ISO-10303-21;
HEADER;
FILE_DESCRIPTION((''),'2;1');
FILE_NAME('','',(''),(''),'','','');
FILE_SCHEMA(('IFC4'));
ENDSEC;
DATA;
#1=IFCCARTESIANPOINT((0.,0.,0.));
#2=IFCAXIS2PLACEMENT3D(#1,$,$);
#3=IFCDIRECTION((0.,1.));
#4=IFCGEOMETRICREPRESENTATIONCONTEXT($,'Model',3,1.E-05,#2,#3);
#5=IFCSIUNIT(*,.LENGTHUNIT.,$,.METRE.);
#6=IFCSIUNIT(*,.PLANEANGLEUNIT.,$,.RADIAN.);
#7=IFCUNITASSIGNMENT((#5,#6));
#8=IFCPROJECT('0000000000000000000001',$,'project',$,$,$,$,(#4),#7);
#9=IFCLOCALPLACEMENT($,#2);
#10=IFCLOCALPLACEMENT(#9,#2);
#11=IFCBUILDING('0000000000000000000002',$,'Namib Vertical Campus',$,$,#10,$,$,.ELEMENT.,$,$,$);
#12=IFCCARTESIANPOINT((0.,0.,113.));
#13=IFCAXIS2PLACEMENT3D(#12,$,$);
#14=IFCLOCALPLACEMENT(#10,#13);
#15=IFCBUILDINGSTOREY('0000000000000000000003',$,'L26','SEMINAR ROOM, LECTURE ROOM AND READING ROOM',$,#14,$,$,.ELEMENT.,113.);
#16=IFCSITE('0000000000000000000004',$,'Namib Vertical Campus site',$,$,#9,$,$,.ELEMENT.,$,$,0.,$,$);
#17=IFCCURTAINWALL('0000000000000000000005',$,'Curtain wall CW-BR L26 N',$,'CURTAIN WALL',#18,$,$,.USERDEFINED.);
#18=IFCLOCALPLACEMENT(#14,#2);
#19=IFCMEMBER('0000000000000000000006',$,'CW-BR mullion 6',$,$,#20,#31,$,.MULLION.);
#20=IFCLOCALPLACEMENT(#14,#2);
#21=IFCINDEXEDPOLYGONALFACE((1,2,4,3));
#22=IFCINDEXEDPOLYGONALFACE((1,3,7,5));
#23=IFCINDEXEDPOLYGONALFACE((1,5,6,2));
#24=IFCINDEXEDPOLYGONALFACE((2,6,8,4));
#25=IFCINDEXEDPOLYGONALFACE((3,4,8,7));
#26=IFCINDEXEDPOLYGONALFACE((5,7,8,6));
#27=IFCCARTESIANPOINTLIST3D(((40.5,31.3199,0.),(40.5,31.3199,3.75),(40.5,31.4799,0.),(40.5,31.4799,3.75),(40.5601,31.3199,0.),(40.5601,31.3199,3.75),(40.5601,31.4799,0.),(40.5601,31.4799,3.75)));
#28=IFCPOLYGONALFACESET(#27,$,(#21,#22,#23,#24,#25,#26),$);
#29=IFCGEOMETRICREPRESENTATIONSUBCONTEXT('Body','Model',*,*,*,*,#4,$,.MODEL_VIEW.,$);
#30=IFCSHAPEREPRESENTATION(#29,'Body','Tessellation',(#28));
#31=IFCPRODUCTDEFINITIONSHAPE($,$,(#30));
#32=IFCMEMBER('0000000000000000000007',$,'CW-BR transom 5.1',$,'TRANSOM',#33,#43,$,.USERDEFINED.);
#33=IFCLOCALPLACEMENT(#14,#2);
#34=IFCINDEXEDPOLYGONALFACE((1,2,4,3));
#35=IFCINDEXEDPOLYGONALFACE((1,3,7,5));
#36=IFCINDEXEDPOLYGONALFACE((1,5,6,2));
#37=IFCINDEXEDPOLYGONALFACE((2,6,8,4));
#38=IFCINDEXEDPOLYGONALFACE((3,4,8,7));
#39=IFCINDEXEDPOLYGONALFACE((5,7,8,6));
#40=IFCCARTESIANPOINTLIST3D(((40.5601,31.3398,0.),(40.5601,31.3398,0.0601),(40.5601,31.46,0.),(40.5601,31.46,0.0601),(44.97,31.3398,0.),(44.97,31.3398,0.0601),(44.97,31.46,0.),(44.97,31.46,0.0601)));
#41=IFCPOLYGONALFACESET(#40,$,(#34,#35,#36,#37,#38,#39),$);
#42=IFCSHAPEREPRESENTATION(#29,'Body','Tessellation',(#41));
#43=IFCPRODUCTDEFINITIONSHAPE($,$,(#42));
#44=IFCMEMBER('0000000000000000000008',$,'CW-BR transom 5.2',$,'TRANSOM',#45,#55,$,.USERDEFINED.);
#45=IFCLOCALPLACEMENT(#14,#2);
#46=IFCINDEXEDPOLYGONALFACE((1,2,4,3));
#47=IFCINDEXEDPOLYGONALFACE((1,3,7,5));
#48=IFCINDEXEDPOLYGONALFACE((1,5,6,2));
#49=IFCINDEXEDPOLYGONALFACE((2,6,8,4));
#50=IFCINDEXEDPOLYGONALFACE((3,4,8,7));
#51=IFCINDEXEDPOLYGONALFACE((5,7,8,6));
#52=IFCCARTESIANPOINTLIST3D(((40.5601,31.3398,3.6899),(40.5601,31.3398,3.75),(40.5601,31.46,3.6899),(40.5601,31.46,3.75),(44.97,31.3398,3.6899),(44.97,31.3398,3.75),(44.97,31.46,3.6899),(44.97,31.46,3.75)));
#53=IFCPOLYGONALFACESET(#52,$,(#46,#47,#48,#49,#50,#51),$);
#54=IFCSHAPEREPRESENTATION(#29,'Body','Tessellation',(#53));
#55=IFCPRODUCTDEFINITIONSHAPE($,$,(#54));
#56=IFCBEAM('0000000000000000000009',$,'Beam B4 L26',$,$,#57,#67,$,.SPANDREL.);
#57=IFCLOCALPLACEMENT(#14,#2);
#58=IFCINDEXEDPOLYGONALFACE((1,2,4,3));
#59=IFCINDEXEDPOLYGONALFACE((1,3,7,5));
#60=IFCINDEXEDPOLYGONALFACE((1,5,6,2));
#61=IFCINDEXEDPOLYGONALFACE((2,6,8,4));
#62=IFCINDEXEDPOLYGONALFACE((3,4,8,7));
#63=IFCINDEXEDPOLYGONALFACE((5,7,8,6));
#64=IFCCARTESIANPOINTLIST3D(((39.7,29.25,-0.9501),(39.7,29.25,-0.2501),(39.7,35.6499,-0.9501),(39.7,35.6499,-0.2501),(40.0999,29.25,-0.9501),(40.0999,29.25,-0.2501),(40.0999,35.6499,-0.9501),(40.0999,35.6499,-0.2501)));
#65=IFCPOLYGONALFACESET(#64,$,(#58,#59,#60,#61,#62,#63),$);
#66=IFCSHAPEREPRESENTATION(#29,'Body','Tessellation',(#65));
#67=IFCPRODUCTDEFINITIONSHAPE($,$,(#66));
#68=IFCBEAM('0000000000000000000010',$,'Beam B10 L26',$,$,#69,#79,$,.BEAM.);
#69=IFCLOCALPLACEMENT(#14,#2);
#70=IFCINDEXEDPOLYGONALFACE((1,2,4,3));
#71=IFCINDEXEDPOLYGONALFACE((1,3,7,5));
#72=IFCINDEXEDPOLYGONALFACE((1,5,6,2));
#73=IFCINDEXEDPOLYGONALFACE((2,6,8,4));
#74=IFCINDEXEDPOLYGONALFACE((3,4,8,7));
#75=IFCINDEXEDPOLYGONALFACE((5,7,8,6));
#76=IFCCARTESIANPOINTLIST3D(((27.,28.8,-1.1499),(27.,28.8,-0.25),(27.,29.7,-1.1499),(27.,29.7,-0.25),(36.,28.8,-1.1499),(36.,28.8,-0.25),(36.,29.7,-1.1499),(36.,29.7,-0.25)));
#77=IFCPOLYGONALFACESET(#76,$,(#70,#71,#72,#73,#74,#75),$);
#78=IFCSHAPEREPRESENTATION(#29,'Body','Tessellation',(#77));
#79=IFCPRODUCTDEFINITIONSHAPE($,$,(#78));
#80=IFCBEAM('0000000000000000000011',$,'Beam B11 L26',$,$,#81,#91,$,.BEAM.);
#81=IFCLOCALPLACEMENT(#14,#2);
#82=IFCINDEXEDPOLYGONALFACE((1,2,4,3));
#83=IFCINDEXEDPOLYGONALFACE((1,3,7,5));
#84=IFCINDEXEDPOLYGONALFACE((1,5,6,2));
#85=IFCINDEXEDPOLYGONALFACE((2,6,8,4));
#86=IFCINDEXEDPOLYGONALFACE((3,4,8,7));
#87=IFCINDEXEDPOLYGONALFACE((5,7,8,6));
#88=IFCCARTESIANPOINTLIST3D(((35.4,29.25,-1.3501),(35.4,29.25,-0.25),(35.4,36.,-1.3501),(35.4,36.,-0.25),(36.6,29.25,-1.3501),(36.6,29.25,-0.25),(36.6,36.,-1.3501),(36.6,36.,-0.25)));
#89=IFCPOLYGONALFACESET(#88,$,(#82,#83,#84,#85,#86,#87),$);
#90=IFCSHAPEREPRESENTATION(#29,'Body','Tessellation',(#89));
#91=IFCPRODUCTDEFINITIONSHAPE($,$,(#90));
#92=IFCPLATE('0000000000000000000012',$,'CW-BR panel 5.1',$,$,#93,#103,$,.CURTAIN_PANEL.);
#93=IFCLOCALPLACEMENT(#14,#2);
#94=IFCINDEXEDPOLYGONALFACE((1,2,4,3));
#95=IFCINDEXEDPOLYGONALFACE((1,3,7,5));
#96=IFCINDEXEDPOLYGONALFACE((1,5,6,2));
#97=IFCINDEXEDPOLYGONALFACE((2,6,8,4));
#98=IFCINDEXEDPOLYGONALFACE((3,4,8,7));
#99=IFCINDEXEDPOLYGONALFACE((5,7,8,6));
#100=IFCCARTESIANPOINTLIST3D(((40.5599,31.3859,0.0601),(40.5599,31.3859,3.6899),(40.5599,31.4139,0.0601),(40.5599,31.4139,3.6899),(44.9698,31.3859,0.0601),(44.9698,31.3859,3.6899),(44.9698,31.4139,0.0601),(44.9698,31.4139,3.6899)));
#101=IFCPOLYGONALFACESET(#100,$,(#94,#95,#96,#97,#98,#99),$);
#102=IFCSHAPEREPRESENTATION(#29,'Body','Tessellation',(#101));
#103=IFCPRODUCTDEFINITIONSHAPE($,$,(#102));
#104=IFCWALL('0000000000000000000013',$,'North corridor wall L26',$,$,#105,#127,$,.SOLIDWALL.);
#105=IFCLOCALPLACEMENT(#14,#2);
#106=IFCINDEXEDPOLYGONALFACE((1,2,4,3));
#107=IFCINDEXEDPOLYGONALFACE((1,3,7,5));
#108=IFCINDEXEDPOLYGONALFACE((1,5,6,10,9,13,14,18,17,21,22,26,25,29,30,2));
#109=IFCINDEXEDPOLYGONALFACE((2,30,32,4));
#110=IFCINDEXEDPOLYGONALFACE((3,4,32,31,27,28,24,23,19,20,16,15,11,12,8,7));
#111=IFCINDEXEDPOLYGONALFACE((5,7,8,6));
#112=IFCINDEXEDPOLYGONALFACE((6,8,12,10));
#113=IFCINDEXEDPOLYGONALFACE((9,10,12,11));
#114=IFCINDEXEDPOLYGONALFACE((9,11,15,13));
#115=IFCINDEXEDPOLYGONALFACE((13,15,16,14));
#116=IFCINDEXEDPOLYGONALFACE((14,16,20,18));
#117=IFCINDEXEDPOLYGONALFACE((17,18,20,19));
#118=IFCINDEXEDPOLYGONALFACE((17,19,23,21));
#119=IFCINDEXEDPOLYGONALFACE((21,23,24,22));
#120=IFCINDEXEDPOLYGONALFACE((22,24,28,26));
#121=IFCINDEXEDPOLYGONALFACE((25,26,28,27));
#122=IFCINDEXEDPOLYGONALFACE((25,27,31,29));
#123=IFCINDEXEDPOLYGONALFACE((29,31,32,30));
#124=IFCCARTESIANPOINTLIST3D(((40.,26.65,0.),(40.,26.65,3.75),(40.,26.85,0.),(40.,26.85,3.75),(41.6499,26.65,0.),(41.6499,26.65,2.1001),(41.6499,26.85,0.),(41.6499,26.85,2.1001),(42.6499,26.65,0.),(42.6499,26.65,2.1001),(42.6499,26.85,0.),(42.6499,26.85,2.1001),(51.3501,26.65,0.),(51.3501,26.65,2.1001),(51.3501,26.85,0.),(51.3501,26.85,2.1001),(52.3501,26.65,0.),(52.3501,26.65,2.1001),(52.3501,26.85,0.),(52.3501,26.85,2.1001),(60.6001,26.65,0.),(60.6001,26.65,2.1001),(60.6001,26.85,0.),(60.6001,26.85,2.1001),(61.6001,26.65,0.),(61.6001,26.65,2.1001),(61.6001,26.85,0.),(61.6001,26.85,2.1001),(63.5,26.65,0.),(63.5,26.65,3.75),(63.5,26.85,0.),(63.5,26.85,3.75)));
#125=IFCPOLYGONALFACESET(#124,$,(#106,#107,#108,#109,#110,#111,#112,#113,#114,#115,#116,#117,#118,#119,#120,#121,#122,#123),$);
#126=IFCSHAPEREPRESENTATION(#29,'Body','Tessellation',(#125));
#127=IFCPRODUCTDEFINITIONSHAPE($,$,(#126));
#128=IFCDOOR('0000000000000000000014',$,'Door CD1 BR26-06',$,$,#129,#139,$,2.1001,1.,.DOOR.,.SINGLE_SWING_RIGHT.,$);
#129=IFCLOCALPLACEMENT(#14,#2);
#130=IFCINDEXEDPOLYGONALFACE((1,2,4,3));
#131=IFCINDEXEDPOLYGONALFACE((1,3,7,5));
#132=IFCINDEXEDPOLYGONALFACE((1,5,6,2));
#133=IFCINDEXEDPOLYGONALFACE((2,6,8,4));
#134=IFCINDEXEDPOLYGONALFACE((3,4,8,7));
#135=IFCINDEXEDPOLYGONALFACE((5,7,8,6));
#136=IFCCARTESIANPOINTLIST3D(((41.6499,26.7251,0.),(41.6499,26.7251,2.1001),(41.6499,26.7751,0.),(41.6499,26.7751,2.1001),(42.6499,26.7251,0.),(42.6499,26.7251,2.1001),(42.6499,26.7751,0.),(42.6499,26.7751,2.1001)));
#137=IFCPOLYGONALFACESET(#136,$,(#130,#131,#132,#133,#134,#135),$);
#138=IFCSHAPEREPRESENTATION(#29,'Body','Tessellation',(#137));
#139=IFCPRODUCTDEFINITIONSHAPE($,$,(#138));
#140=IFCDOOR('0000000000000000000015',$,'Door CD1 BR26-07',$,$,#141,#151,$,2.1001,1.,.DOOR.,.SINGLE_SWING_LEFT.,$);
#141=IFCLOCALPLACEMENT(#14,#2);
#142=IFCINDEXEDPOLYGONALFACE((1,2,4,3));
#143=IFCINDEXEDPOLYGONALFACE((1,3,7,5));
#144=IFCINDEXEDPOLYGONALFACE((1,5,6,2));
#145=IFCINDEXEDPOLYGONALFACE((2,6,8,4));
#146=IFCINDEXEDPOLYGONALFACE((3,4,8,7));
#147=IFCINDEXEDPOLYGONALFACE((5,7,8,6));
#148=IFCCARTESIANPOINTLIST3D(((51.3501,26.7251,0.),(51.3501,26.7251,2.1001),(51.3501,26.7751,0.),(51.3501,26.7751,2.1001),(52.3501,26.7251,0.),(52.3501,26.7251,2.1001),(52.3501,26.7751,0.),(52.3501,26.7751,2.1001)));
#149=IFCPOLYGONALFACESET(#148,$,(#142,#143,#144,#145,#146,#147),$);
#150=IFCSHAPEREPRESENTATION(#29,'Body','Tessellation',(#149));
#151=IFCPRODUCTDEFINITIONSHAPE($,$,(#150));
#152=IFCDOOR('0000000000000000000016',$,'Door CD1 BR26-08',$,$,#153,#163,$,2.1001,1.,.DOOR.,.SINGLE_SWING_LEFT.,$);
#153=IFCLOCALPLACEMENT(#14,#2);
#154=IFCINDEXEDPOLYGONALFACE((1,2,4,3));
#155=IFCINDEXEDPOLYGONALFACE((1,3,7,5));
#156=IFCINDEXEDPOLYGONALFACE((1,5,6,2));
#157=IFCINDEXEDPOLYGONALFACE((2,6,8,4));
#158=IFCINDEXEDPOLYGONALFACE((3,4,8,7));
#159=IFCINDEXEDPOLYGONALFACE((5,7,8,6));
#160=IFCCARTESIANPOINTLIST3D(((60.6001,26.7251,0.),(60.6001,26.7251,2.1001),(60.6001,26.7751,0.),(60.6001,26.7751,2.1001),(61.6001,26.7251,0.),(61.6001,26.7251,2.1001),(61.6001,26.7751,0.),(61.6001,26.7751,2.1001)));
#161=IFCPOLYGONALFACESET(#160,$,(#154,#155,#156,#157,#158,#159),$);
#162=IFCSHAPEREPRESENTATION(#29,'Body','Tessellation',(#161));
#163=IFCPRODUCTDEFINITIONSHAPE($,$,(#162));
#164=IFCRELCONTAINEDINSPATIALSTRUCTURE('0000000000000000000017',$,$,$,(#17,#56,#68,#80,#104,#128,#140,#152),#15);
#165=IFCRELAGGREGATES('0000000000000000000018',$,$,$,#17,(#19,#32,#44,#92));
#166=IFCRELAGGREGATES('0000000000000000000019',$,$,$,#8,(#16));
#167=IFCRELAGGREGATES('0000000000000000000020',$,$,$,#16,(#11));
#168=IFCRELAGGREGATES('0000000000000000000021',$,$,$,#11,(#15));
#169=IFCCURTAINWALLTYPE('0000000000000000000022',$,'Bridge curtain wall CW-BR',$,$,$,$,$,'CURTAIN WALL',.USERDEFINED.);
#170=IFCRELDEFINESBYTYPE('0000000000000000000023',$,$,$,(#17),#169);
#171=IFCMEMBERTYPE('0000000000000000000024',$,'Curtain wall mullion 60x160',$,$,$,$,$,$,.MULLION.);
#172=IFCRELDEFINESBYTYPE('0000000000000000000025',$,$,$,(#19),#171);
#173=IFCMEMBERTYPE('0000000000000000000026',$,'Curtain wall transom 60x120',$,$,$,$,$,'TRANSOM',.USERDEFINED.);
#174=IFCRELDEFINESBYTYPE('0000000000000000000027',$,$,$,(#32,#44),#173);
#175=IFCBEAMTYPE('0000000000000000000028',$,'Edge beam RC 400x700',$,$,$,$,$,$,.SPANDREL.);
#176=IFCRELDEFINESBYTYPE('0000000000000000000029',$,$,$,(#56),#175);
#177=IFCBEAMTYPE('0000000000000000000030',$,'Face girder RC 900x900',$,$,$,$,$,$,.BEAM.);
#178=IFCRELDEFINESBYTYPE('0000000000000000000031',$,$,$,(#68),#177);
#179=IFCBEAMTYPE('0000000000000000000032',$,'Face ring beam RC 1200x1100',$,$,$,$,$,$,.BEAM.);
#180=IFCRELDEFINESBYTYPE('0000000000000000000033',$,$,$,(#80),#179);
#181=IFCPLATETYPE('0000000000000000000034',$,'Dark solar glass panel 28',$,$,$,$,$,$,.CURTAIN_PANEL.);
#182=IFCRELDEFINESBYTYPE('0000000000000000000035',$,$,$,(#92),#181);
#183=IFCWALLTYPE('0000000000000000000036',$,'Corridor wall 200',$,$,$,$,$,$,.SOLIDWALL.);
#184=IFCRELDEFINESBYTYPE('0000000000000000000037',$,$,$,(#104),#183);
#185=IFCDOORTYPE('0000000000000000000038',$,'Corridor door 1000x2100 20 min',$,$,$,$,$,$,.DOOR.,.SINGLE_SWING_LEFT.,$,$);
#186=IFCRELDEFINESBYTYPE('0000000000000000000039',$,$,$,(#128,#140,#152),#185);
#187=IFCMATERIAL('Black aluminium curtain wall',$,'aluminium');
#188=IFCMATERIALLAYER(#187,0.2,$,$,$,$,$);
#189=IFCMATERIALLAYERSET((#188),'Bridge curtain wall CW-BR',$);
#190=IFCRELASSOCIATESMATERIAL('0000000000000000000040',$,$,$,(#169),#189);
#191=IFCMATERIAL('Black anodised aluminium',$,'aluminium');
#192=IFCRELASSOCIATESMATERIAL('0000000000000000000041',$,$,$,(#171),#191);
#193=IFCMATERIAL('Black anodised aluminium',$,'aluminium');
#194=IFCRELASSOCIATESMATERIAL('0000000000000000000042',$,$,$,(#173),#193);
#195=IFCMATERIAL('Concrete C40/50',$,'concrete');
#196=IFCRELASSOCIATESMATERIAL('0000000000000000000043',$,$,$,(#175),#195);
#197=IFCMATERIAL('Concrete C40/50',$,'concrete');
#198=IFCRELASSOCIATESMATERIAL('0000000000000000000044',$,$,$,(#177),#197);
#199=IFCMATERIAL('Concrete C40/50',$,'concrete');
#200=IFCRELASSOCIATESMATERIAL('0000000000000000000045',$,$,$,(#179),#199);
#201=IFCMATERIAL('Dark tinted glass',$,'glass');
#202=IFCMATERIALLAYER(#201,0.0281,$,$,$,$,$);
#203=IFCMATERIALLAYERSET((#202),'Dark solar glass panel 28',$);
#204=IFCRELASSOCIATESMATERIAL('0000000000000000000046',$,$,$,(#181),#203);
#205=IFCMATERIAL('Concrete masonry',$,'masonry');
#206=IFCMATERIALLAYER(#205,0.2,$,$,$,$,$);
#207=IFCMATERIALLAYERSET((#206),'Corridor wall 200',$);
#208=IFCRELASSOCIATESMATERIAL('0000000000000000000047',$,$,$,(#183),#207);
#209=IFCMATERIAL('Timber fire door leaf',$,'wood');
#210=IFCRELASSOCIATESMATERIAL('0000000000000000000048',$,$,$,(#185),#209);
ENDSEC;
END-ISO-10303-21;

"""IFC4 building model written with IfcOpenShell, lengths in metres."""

from ifc_helpers import new_model, si_unit, direction, frame, frame_2d, origin, origin_2d, place, context, subcontext, project, spatial, rectangle, extrude, material, layer, layer_set, material_profile, profile_set, type_object, element, fill, aggregate, save


model = new_model("IFC4")

# Units and contexts
model_context = context("Model", 3, precision=1e-05, world=origin(), true_north=direction((0.0, 1.0)))
body_context = subcontext(model_context, "Body", "Model", "MODEL_VIEW")
ifc_project = project(units=[si_unit("LENGTHUNIT", "METRE"), si_unit("PLANEANGLEUNIT", "RADIAN")], contexts=[model_context])

# Site, building, storey
site_placement = place(None, origin())
site = spatial("IfcSite", under=ifc_project, at=site_placement, Name="Namib Vertical Campus site", CompositionType="ELEMENT", RefElevation=0.0)
building_placement = place(site_placement, origin())
building = spatial("IfcBuilding", under=site, at=building_placement, Name="Namib Vertical Campus", CompositionType="ELEMENT")
storey_placement = place(building_placement, frame((0.0, 0.0, 113.0)))
storey = spatial("IfcBuildingStorey", under=building, at=storey_placement, Name="L26", Description="SEMINAR ROOM, LECTURE ROOM AND READING ROOM", CompositionType="ELEMENT", Elevation=113.0)

# Curtain wall, members
ifc_material_1 = material(Name="Black aluminium curtain wall", Category="aluminium")
ifc_layer_1 = layer(ifc_material_1, 0.2)
ifc_layer_set_1 = layer_set([ifc_layer_1], Name="Bridge curtain wall CW-BR")
curtain_wall_type = type_object("IfcCurtainWallType", Name="Bridge curtain wall CW-BR", ElementType="CURTAIN WALL", PredefinedType="USERDEFINED", material=ifc_layer_set_1)
curtain_wall_placement = place(storey_placement, origin())
curtain_wall = element("IfcCurtainWall", 1, at=curtain_wall_placement, inside=storey, type_object=curtain_wall_type, Name="Curtain wall CW-BR L26 N", ObjectType="CURTAIN WALL", PredefinedType="USERDEFINED")
ifc_material_2 = material(Name="Black anodised aluminium", Category="aluminium")
ifc_material_profile_1 = material_profile(ifc_material_2, rectangle(XDim=0.0601, YDim=0.1599, at=origin_2d()))
ifc_profile_set_1 = profile_set([ifc_material_profile_1], Name="Black anodised aluminium")
member_type_1 = type_object("IfcMemberType", Name="Curtain wall mullion 60x160", PredefinedType="MULLION", material=ifc_profile_set_1)
member_1_placement = place(storey_placement, frame((40.53, 31.3999, 0.0), z_axis=(0.0, 0.0, 1.0), x_axis=(-1.0, 0.0, 0.0)))
member_1 = element("IfcMember", 2, at=member_1_placement, type_object=member_type_1, Name="CW-BR mullion 6", PredefinedType="MULLION", context=body_context, shape_type="SweptSolid", body=[
    extrude(rectangle(XDim=0.0601, YDim=0.1599, at=origin_2d()), origin(), (0.0, 0.0, 1.0), 3.75),
])
ifc_material_3 = material(Name="Black anodised aluminium", Category="aluminium")
ifc_material_profile_2 = material_profile(ifc_material_3, rectangle(XDim=0.0601, YDim=0.1201, at=origin_2d()))
ifc_profile_set_2 = profile_set([ifc_material_profile_2], Name="Black anodised aluminium")
member_type_2 = type_object("IfcMemberType", Name="Curtain wall transom 60x120", ElementType="TRANSOM", PredefinedType="USERDEFINED", material=ifc_profile_set_2)
member_2_placement = place(storey_placement, frame((44.97, 31.3999, 0.03), z_axis=(-1.0, 0.0, 0.0), x_axis=(0.0, 0.0, 1.0)))
member_2 = element("IfcMember", 3, at=member_2_placement, type_object=member_type_2, Name="CW-BR transom 5.1", ObjectType="TRANSOM", PredefinedType="USERDEFINED", context=body_context, shape_type="SweptSolid", body=[
    extrude(rectangle(XDim=0.0601, YDim=0.1201, at=origin_2d()), origin(), (0.0, 0.0, 1.0), 4.4099),
])
member_3_placement = place(storey_placement, frame((44.97, 31.3999, 3.72), z_axis=(-1.0, 0.0, 0.0), x_axis=(0.0, 0.0, 1.0)))
member_3 = element("IfcMember", 4, at=member_3_placement, type_object=member_type_2, Name="CW-BR transom 5.2", ObjectType="TRANSOM", PredefinedType="USERDEFINED", context=body_context, shape_type="SweptSolid", body=[
    extrude(rectangle(XDim=0.0601, YDim=0.1201, at=origin_2d()), origin(), (0.0, 0.0, 1.0), 4.4099),
])

# Beams
ifc_material_4 = material(Name="Concrete C40/50", Category="concrete")
ifc_material_profile_3 = material_profile(ifc_material_4, rectangle(XDim=0.3999, YDim=0.7, at=origin_2d()))
ifc_profile_set_3 = profile_set([ifc_material_profile_3], Name="Concrete C40/50")
beam_type_1 = type_object("IfcBeamType", Name="Edge beam RC 400x700", PredefinedType="SPANDREL", material=ifc_profile_set_3)
beam_1_placement = place(storey_placement, frame((39.8999, 29.25, -0.6001), z_axis=(0.0, 1.0, 0.0), x_axis=(-1.0, 0.0, 0.0)))
element("IfcBeam", 5, at=beam_1_placement, inside=storey, type_object=beam_type_1, Name="Beam B4 L26", PredefinedType="SPANDREL", context=body_context, shape_type="SweptSolid", body=[
    extrude(rectangle(XDim=0.3999, YDim=0.7, at=origin_2d()), origin(), (0.0, 0.0, 1.0), 6.3999),
])
ifc_material_5 = material(Name="Concrete C40/50", Category="concrete")
ifc_material_profile_4 = material_profile(ifc_material_5, rectangle(XDim=0.8999, YDim=0.8999, at=origin_2d()))
ifc_profile_set_4 = profile_set([ifc_material_profile_4], Name="Concrete C40/50")
beam_type_2 = type_object("IfcBeamType", Name="Face girder RC 900x900", PredefinedType="BEAM", material=ifc_profile_set_4)
beam_2_placement = place(storey_placement, frame((36.0, 29.25, -0.7), z_axis=(-1.0, 0.0, 0.0), x_axis=(0.0, -1.0, 0.0)))
element("IfcBeam", 6, at=beam_2_placement, inside=storey, type_object=beam_type_2, Name="Beam B10 L26", PredefinedType="BEAM", context=body_context, shape_type="SweptSolid", body=[
    extrude(rectangle(XDim=0.8999, YDim=0.8999, at=origin_2d()), origin(), (0.0, 0.0, 1.0), 9.0),
])
ifc_material_6 = material(Name="Concrete C40/50", Category="concrete")
ifc_material_profile_5 = material_profile(ifc_material_6, rectangle(XDim=1.2, YDim=1.1001, at=origin_2d()))
ifc_profile_set_5 = profile_set([ifc_material_profile_5], Name="Concrete C40/50")
beam_type_3 = type_object("IfcBeamType", Name="Face ring beam RC 1200x1100", PredefinedType="BEAM", material=ifc_profile_set_5)
beam_3_placement = place(storey_placement, frame((36.0, 29.25, -0.8), z_axis=(0.0, 1.0, 0.0), x_axis=(-1.0, 0.0, 0.0)))
element("IfcBeam", 7, at=beam_3_placement, inside=storey, type_object=beam_type_3, Name="Beam B11 L26", PredefinedType="BEAM", context=body_context, shape_type="SweptSolid", body=[
    extrude(rectangle(XDim=1.2, YDim=1.1001, at=origin_2d()), origin(), (0.0, 0.0, 1.0), 6.75),
])

# Plate
ifc_material_7 = material(Name="Dark tinted glass", Category="glass")
ifc_layer_2 = layer(ifc_material_7, 0.0281)
ifc_layer_set_2 = layer_set([ifc_layer_2], Name="Dark solar glass panel 28")
plate_type = type_object("IfcPlateType", Name="Dark solar glass panel 28", PredefinedType="CURTAIN_PANEL", material=ifc_layer_set_2)
plate_placement = place(storey_placement, frame((42.7649, 31.3999, 0.0601), z_axis=(0.0, 0.0, 1.0), x_axis=(-1.0, 0.0, 0.0)))
plate = element("IfcPlate", 8, at=plate_placement, type_object=plate_type, Name="CW-BR panel 5.1", PredefinedType="CURTAIN_PANEL", context=body_context, shape_type="SweptSolid", body=[
    extrude(rectangle(XDim=4.4099, YDim=0.0281, at=origin_2d()), origin(), (0.0, 0.0, 1.0), 3.6299),
])
aggregate(curtain_wall, [member_1, member_2, member_3, plate])

# Wall, openings, doors
ifc_material_8 = material(Name="Concrete masonry", Category="masonry")
ifc_layer_3 = layer(ifc_material_8, 0.2)
ifc_layer_set_3 = layer_set([ifc_layer_3], Name="Corridor wall 200")
wall_type_1 = type_object("IfcWallType", Name="Corridor wall 200", PredefinedType="SOLIDWALL", material=ifc_layer_set_3)
wall_1_placement = place(storey_placement, frame((40.0, 26.75, 0.0), z_axis=(0.0, 0.0, 1.0), x_axis=(1.0, 0.0, 0.0)))
wall_1 = element("IfcWall", 9, at=wall_1_placement, inside=storey, type_object=wall_type_1, Name="North corridor wall L26", PredefinedType="SOLIDWALL", context=body_context, shape_type="SweptSolid", body=[
    extrude(rectangle(XDim=23.5, YDim=0.2, at=frame_2d((11.75, 0.0))), origin(), (0.0, 0.0, 1.0), 3.75),
])
opening_1_placement = place(wall_1_placement, frame((1.6499, 0.0, 0.0)))
opening_1 = element("IfcOpeningElement", 10, at=opening_1_placement, cuts=wall_1, PredefinedType="OPENING", context=body_context, shape_type="SweptSolid", body=[
    extrude(rectangle(XDim=1.0, YDim=2.1001, at=frame_2d((0.5, 1.05))), frame((0.0, 0.1099, 0.0), z_axis=(0.0, -1.0, 0.0), x_axis=(1.0, 0.0, 0.0)), (0.0, 0.0, 1.0), 0.22),
])
opening_2_placement = place(wall_1_placement, frame((11.3501, 0.0, 0.0)))
opening_2 = element("IfcOpeningElement", 11, at=opening_2_placement, cuts=wall_1, PredefinedType="OPENING", context=body_context, shape_type="SweptSolid", body=[
    extrude(rectangle(XDim=1.0, YDim=2.1001, at=frame_2d((0.5, 1.05))), frame((0.0, 0.1099, 0.0), z_axis=(0.0, -1.0, 0.0), x_axis=(1.0, 0.0, 0.0)), (0.0, 0.0, 1.0), 0.22),
])
opening_3_placement = place(wall_1_placement, frame((20.6001, 0.0, 0.0)))
opening_3 = element("IfcOpeningElement", 12, at=opening_3_placement, cuts=wall_1, PredefinedType="OPENING", context=body_context, shape_type="SweptSolid", body=[
    extrude(rectangle(XDim=1.0, YDim=2.1001, at=frame_2d((0.5, 1.05))), frame((0.0, 0.1099, 0.0), z_axis=(0.0, -1.0, 0.0), x_axis=(1.0, 0.0, 0.0)), (0.0, 0.0, 1.0), 0.22),
])
ifc_material_9 = material(Name="Timber fire door leaf", Category="wood")
door_type = type_object("IfcDoorType", Name="Corridor door 1000x2100 20 min", OperationType="SINGLE_SWING_LEFT", PredefinedType="DOOR", material=ifc_material_9)
door_1_placement = place(opening_1_placement, frame((1.0, 0.0, 0.0), z_axis=(0.0, 0.0, 1.0), x_axis=(-1.0, 0.0, 0.0)))
door_1 = element("IfcDoor", 13, at=door_1_placement, inside=storey, type_object=door_type, Name="Door CD1 BR26-06", OperationType="SINGLE_SWING_RIGHT", OverallHeight=2.1001, OverallWidth=1.0, PredefinedType="DOOR", context=body_context, shape_type="SweptSolid", body=[
    extrude(rectangle(XDim=1.0, YDim=2.1001, at=frame_2d((0.5, 1.05))), frame((0.0, 0.0249, 0.0), z_axis=(0.0, -1.0, 0.0), x_axis=(1.0, 0.0, 0.0)), (0.0, 0.0, 1.0), 0.05),
])
fill(opening_1, door_1)
door_2_placement = place(opening_2_placement, frame((1.0, 0.0, 0.0), z_axis=(0.0, 0.0, 1.0), x_axis=(-1.0, 0.0, 0.0)))
door_2 = element("IfcDoor", 14, at=door_2_placement, inside=storey, type_object=door_type, Name="Door CD1 BR26-07", OperationType="SINGLE_SWING_LEFT", OverallHeight=2.1001, OverallWidth=1.0, PredefinedType="DOOR", context=body_context, shape_type="SweptSolid", body=[
    extrude(rectangle(XDim=1.0, YDim=2.1001, at=frame_2d((0.5, 1.05))), frame((0.0, 0.0249, 0.0), z_axis=(0.0, -1.0, 0.0), x_axis=(1.0, 0.0, 0.0)), (0.0, 0.0, 1.0), 0.05),
])
fill(opening_2, door_2)
door_3_placement = place(opening_3_placement, frame((1.0, 0.0, 0.0), z_axis=(0.0, 0.0, 1.0), x_axis=(-1.0, 0.0, 0.0)))
door_3 = element("IfcDoor", 15, at=door_3_placement, inside=storey, type_object=door_type, Name="Door CD1 BR26-08", OperationType="SINGLE_SWING_LEFT", OverallHeight=2.1001, OverallWidth=1.0, PredefinedType="DOOR", context=body_context, shape_type="SweptSolid", body=[
    extrude(rectangle(XDim=1.0, YDim=2.1001, at=frame_2d((0.5, 1.05))), frame((0.0, 0.0249, 0.0), z_axis=(0.0, -1.0, 0.0), x_axis=(1.0, 0.0, 0.0)), (0.0, 0.0, 1.0), 0.05),
])
fill(opening_3, door_3)

save(model, "model.ifc")
